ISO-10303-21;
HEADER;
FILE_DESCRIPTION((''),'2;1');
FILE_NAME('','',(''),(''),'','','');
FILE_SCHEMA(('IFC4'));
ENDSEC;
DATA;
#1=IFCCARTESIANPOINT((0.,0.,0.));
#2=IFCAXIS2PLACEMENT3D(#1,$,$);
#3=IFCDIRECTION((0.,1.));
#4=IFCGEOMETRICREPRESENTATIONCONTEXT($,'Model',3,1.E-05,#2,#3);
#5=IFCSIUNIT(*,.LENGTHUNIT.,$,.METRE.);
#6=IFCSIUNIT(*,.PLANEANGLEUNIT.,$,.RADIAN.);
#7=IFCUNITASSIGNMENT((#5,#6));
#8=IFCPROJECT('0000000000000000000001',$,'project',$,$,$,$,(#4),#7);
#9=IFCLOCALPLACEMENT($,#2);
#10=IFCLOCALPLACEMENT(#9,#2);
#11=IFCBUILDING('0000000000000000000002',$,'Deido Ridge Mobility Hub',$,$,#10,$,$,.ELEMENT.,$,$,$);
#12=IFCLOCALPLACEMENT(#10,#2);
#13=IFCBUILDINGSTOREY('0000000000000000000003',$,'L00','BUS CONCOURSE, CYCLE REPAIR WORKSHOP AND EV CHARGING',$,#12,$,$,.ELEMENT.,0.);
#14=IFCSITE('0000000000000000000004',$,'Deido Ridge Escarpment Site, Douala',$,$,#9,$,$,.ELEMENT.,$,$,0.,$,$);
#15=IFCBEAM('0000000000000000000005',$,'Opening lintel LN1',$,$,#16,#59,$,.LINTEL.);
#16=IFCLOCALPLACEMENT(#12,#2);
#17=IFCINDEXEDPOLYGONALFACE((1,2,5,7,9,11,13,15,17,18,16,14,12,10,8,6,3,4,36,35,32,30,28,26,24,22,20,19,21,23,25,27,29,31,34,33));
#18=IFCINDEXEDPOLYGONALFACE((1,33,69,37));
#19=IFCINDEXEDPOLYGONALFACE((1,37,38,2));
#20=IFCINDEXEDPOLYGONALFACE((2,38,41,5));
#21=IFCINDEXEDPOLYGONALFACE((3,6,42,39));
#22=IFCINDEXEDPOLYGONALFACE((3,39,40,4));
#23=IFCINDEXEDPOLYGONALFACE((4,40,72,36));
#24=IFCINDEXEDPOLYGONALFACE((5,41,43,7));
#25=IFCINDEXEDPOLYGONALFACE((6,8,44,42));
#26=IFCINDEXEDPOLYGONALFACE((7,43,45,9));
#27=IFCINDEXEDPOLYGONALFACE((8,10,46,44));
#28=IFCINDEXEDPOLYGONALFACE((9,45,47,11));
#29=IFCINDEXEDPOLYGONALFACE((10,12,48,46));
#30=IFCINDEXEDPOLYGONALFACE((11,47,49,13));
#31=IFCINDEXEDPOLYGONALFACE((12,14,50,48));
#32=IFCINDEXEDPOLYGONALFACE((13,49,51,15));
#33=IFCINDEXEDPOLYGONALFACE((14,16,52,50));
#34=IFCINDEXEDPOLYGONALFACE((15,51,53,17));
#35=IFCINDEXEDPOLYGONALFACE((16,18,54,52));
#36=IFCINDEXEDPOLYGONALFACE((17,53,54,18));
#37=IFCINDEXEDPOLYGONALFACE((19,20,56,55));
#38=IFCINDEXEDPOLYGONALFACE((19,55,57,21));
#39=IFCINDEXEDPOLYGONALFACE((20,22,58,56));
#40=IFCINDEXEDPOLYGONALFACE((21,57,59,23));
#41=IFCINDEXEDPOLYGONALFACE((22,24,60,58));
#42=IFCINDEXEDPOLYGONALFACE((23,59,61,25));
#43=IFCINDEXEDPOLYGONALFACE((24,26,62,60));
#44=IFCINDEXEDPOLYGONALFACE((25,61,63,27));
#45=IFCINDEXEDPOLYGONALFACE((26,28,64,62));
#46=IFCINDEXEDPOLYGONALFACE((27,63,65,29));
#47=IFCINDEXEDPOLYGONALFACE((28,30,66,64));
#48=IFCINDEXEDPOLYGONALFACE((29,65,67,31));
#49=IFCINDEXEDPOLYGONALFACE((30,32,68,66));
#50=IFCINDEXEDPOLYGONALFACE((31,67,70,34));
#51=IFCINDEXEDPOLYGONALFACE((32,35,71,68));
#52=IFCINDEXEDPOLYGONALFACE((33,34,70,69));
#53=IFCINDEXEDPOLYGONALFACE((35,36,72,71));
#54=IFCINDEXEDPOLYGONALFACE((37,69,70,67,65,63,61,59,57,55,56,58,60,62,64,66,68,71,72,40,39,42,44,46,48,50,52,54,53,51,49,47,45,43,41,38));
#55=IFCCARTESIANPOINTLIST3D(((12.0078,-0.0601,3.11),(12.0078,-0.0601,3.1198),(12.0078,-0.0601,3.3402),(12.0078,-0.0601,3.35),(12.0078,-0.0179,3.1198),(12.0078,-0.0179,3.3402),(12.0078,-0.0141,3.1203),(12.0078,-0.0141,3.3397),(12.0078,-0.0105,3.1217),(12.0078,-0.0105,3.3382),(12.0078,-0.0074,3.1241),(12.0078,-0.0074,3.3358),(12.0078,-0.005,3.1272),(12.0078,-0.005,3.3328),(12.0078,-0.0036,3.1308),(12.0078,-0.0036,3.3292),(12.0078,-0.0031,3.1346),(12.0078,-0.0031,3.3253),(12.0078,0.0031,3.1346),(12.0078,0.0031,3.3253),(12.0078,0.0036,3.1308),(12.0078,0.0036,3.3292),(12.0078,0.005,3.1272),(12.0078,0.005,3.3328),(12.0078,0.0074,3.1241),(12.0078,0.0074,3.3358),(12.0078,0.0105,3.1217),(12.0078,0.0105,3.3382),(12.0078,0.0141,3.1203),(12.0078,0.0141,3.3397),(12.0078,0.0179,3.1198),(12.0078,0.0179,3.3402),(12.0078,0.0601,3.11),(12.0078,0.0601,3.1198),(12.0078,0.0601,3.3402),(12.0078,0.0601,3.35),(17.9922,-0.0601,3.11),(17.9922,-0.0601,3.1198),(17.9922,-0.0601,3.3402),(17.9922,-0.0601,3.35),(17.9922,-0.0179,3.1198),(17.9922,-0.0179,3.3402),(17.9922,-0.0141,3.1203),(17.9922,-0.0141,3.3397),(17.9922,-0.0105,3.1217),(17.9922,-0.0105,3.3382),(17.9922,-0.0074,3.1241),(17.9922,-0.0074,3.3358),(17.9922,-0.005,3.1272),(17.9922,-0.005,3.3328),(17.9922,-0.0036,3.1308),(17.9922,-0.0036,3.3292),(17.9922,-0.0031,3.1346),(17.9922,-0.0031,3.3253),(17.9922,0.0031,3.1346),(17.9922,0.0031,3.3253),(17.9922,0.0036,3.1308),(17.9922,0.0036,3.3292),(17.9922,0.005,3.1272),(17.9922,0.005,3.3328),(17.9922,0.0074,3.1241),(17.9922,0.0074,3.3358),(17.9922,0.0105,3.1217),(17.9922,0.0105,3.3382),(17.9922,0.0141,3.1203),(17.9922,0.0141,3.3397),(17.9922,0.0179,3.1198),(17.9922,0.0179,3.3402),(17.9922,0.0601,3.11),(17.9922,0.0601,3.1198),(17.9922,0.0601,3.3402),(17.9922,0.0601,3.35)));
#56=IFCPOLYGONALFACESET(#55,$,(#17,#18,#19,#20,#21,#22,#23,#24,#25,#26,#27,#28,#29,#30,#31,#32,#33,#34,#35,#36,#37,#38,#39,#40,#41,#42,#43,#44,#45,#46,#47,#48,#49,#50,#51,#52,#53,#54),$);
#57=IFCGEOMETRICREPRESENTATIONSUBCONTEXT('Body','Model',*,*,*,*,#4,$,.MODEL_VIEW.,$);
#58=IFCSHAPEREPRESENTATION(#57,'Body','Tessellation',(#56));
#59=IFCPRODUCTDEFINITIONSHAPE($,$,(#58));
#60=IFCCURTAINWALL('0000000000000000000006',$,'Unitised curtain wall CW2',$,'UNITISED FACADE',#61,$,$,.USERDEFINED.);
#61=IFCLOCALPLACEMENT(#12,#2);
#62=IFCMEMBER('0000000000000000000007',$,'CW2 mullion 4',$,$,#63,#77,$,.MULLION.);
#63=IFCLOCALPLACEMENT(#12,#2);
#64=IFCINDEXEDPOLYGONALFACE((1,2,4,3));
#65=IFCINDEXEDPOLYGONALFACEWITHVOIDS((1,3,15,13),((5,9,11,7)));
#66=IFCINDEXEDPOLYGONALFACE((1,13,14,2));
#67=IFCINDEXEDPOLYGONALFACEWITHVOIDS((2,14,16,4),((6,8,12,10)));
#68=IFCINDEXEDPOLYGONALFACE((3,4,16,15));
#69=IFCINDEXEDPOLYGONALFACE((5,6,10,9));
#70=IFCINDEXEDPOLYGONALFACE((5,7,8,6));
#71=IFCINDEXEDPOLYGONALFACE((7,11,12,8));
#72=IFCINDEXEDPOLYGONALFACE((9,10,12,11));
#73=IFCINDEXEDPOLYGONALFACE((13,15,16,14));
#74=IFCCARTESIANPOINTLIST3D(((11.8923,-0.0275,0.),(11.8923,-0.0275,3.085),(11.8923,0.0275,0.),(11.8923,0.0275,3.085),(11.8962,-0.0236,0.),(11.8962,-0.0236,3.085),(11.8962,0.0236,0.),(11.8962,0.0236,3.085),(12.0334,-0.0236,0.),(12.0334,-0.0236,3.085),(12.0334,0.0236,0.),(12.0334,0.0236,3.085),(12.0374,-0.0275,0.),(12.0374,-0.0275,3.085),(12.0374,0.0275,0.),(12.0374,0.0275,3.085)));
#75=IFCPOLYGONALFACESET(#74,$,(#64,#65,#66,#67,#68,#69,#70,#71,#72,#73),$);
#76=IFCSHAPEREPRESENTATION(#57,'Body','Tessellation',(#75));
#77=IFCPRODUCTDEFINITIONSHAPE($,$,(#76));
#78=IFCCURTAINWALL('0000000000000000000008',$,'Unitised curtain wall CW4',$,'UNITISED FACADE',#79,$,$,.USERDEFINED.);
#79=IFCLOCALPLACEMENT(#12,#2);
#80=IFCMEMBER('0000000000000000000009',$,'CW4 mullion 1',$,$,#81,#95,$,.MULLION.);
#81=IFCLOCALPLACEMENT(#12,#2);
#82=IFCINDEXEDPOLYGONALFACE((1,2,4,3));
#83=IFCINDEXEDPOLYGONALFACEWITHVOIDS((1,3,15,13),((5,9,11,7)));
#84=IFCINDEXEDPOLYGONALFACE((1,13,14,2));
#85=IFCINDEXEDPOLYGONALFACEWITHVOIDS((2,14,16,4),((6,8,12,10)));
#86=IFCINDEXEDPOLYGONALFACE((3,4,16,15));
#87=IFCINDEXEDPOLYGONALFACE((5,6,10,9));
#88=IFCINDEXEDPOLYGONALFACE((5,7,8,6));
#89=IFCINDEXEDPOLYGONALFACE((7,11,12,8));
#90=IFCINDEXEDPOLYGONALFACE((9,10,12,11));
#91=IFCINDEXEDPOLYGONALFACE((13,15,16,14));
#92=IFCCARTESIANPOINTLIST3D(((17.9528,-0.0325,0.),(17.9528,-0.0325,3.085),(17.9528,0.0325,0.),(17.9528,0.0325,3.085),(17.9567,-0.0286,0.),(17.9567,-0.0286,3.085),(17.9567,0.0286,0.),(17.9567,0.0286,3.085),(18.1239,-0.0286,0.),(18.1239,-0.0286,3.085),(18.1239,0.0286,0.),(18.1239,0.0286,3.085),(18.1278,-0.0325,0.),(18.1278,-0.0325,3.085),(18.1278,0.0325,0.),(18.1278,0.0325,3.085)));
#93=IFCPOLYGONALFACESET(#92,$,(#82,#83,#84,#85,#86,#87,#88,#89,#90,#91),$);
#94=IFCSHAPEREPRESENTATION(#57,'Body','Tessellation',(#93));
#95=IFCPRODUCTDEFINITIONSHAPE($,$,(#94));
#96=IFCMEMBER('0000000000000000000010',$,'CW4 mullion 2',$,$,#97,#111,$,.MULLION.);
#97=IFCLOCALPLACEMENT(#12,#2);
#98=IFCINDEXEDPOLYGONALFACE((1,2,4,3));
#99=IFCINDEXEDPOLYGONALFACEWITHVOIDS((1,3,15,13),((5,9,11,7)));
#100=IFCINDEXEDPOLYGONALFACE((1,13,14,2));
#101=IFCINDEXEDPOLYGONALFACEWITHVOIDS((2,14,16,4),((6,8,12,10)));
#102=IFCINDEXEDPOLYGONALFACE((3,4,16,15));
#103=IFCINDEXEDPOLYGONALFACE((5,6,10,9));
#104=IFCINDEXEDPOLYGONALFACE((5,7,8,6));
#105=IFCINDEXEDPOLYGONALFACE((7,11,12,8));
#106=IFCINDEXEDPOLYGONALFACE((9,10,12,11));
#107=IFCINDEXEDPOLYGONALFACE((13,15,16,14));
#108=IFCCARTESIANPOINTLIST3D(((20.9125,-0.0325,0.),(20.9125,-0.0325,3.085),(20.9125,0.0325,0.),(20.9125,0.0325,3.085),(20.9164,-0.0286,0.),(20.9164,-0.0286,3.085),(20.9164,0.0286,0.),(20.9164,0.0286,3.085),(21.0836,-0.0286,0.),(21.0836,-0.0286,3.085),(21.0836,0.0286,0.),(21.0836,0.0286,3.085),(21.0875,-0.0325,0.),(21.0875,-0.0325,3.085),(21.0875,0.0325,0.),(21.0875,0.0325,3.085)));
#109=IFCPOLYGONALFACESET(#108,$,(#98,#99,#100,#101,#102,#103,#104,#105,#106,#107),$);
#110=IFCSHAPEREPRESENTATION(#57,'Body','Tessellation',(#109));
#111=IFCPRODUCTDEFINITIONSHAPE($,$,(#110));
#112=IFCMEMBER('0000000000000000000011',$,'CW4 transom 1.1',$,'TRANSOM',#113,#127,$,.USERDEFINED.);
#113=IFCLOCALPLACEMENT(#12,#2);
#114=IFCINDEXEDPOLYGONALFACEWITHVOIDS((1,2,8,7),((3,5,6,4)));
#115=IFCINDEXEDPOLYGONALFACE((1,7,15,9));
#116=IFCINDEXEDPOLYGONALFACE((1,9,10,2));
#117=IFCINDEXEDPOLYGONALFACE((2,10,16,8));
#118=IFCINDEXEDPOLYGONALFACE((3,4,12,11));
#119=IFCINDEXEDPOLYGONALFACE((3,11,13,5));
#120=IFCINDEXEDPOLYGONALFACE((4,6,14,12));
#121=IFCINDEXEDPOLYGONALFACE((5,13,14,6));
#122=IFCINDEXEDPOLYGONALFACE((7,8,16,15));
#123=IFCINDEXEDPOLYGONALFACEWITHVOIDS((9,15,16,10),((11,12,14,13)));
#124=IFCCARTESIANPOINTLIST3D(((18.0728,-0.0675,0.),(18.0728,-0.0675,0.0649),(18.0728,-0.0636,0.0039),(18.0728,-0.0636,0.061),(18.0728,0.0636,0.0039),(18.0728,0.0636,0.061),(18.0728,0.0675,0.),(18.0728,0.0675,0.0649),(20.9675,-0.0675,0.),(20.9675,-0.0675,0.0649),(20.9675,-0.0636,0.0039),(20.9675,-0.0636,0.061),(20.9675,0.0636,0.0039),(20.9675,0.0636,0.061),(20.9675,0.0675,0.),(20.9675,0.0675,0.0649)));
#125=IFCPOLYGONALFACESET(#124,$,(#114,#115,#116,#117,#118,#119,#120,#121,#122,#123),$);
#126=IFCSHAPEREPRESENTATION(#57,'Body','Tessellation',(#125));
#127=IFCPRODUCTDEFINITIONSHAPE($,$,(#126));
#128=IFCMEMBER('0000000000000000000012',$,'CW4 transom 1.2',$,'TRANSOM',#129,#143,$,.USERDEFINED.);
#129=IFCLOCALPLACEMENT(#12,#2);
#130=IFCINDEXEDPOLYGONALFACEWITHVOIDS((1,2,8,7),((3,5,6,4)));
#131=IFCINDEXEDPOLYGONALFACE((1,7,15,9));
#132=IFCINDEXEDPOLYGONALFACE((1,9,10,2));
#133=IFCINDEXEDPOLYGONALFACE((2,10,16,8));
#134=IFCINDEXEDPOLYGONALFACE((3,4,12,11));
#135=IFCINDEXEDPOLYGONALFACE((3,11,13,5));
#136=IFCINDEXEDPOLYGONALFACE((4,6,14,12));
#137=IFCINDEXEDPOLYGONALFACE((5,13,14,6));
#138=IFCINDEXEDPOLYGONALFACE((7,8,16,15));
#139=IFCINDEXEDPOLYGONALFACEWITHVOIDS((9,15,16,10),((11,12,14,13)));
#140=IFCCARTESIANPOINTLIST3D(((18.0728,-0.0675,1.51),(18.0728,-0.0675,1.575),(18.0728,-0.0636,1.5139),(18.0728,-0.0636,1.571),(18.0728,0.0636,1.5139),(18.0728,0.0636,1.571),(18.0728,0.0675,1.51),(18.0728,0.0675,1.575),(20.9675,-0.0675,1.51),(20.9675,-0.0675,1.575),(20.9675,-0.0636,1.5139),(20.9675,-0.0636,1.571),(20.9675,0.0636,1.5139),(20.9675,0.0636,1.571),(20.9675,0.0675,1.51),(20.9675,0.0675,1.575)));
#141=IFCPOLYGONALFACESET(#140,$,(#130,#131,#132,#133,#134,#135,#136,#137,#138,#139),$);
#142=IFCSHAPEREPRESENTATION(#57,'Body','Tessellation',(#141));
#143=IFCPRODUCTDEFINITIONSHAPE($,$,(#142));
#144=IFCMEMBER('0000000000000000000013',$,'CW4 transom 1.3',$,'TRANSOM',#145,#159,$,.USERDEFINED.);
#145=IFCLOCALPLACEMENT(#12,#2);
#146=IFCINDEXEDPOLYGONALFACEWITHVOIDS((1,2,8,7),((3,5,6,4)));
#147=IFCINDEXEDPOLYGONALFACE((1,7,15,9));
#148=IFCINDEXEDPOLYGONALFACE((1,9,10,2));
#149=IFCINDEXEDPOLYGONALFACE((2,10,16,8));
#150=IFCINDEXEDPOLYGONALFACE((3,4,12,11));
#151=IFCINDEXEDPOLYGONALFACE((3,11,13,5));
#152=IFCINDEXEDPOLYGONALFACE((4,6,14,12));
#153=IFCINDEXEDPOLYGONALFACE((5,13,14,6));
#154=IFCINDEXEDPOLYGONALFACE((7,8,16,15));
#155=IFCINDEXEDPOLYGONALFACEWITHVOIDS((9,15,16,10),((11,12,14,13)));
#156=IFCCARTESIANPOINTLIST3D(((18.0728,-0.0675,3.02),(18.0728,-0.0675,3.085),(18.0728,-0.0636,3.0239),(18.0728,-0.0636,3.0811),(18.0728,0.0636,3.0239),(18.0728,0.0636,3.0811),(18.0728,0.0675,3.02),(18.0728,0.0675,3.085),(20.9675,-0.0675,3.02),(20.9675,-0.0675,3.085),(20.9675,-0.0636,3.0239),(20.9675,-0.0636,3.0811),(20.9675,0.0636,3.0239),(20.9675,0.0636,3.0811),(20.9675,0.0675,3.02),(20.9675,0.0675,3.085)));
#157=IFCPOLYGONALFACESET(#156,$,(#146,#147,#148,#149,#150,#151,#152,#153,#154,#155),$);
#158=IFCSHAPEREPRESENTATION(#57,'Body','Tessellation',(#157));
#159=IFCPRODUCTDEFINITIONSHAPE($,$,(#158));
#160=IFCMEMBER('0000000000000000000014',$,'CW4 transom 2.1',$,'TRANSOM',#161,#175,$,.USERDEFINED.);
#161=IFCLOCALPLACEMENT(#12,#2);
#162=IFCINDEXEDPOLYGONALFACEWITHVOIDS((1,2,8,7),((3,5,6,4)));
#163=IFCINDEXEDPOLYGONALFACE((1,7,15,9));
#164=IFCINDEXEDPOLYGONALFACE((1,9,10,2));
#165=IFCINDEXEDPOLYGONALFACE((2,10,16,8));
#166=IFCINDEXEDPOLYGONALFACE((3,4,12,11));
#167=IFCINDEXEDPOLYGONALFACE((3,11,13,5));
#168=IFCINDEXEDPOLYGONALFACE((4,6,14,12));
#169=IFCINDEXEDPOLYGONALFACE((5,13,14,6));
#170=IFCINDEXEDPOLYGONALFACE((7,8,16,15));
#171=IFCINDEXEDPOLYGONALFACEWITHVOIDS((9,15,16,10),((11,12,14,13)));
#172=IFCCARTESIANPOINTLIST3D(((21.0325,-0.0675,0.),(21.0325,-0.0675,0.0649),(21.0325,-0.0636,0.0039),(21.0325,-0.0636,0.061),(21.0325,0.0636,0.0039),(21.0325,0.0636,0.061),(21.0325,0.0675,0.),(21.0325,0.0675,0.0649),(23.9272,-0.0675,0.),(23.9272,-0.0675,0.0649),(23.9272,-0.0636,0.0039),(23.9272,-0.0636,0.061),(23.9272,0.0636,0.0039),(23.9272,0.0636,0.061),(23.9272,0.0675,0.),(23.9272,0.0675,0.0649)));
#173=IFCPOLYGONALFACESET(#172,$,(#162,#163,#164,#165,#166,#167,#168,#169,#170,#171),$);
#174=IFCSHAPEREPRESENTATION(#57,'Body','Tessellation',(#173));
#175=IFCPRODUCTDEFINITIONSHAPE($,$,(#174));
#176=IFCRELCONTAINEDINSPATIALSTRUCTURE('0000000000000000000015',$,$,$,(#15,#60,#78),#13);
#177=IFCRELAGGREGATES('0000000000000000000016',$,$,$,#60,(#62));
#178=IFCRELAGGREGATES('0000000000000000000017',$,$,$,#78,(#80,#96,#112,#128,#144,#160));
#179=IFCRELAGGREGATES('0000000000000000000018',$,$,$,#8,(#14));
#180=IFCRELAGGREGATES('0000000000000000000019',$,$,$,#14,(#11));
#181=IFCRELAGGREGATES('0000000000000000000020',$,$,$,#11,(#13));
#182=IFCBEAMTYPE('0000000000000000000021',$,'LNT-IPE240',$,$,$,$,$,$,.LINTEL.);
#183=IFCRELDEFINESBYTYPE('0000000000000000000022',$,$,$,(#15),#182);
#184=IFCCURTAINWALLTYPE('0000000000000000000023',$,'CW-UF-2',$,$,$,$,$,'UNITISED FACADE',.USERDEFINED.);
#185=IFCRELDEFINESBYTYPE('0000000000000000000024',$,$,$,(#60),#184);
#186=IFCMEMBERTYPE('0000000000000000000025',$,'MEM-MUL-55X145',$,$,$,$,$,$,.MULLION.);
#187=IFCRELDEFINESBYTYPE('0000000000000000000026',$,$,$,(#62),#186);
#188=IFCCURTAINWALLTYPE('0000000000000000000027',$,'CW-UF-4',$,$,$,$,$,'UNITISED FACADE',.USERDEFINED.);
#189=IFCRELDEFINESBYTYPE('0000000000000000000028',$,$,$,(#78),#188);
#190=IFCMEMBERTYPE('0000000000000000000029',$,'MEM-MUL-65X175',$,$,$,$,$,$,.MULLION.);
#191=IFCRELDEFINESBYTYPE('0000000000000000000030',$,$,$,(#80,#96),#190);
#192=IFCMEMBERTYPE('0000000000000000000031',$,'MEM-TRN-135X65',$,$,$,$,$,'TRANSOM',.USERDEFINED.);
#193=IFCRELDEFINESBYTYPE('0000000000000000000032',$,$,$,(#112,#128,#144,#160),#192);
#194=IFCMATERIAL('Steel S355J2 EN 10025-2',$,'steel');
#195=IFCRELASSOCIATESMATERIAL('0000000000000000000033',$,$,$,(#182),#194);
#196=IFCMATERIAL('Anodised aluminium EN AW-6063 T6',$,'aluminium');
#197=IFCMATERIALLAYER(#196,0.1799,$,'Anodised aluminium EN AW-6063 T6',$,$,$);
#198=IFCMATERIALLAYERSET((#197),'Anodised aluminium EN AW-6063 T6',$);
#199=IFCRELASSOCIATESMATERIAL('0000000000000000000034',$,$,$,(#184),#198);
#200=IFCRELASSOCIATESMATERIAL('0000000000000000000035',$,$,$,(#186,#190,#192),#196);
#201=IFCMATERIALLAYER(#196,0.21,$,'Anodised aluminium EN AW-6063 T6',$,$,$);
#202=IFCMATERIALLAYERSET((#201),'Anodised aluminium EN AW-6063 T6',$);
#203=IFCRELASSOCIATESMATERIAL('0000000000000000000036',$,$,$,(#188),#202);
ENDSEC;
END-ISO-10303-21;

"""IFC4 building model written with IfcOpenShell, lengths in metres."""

from ifc_helpers import new_model, si_unit, direction, frame, origin, origin_2d, place, context, subcontext, project, spatial, hollow_rectangle, i_section, extrude, material, layer, layer_set, material_profile, profile_set, type_object, element, aggregate, save


model = new_model("IFC4")

# Units and contexts
model_context = context("Model", 3, precision=1e-05, world=origin(), true_north=direction((0.0, 1.0)))
body_context = subcontext(model_context, "Body", "Model", "MODEL_VIEW")
ifc_project = project(units=[si_unit("LENGTHUNIT", "METRE"), si_unit("PLANEANGLEUNIT", "RADIAN")], contexts=[model_context])

# Site, building, storey
site_placement = place(None, origin())
site = spatial("IfcSite", under=ifc_project, at=site_placement, Name="Deido Ridge Escarpment Site, Douala", CompositionType="ELEMENT", RefElevation=0.0)
building_placement = place(site_placement, origin())
building = spatial("IfcBuilding", under=site, at=building_placement, Name="Deido Ridge Mobility Hub", CompositionType="ELEMENT")
storey_placement = place(building_placement, origin())
storey = spatial("IfcBuildingStorey", under=building, at=storey_placement, Name="L00", Description="BUS CONCOURSE, CYCLE REPAIR WORKSHOP AND EV CHARGING", CompositionType="ELEMENT", Elevation=0.0)

# Shared definitions
ifc_material_1 = material(Name="Steel S355J2 EN 10025-2", Category="steel")

# Beam
ifc_material_profile_1 = material_profile(ifc_material_1, i_section(OverallWidth=0.1201, OverallDepth=0.24, WebThickness=0.0061, FlangeThickness=0.0098, FilletRadius=0.0149, at=origin_2d()), Name="IPE 240")
ifc_profile_set_1 = profile_set([ifc_material_profile_1], Name="Steel S355J2 EN 10025-2")
beam_type_1 = type_object("IfcBeamType", Name="LNT-IPE240", PredefinedType="LINTEL", material=ifc_profile_set_1)
beam_1_placement = place(storey_placement, frame((12.0078, 0.0, 3.23), z_axis=(1.0, 0.0, 0.0), x_axis=(0.0, 1.0, 0.0)))
element("IfcBeam", 1, at=beam_1_placement, inside=storey, type_object=beam_type_1, Name="Opening lintel LN1", PredefinedType="LINTEL", context=body_context, shape_type="SweptSolid", body=[
    extrude(i_section(OverallWidth=0.1201, OverallDepth=0.24, WebThickness=0.0061, FlangeThickness=0.0098, FilletRadius=0.0149, at=origin_2d()), origin(), (0.0, 0.0, 1.0), 5.9844),
])

# Curtain wall, member
ifc_material_2 = material(Name="Anodised aluminium EN AW-6063 T6", Category="aluminium")
ifc_layer_1 = layer(ifc_material_2, 0.1799, Name="Anodised aluminium EN AW-6063 T6")
ifc_layer_set_1 = layer_set([ifc_layer_1], Name="Anodised aluminium EN AW-6063 T6")
curtain_wall_type_1 = type_object("IfcCurtainWallType", Name="CW-UF-2", ElementType="UNITISED FACADE", PredefinedType="USERDEFINED", material=ifc_layer_set_1)
curtain_wall_1_placement = place(storey_placement, origin())
curtain_wall_1 = element("IfcCurtainWall", 2, at=curtain_wall_1_placement, inside=storey, type_object=curtain_wall_type_1, Name="Unitised curtain wall CW2", ObjectType="UNITISED FACADE", PredefinedType="USERDEFINED")
ifc_material_profile_2 = material_profile(ifc_material_2, hollow_rectangle(XDim=0.0549, YDim=0.145, WallThickness=0.0039, at=origin_2d()), Name="RHS 55x145x4")
ifc_profile_set_2 = profile_set([ifc_material_profile_2], Name="Anodised aluminium EN AW-6063 T6")
member_type_1 = type_object("IfcMemberType", Name="MEM-MUL-55X145", PredefinedType="MULLION", material=ifc_profile_set_2)
member_1_placement = place(storey_placement, frame((11.9648, 0.0, 0.0), z_axis=(0.0, 0.0, 1.0), x_axis=(0.0, 1.0, 0.0)))
member_1 = element("IfcMember", 3, at=member_1_placement, type_object=member_type_1, Name="CW2 mullion 4", PredefinedType="MULLION", context=body_context, shape_type="SweptSolid", body=[
    extrude(hollow_rectangle(XDim=0.0549, YDim=0.145, WallThickness=0.0039, at=origin_2d()), origin(), (0.0, 0.0, 1.0), 3.085),
])
aggregate(curtain_wall_1, [member_1])

# Curtain wall, members
ifc_layer_2 = layer(ifc_material_2, 0.21, Name="Anodised aluminium EN AW-6063 T6")
ifc_layer_set_2 = layer_set([ifc_layer_2], Name="Anodised aluminium EN AW-6063 T6")
curtain_wall_type_2 = type_object("IfcCurtainWallType", Name="CW-UF-4", ElementType="UNITISED FACADE", PredefinedType="USERDEFINED", material=ifc_layer_set_2)
curtain_wall_2_placement = place(storey_placement, origin())
curtain_wall_2 = element("IfcCurtainWall", 4, at=curtain_wall_2_placement, inside=storey, type_object=curtain_wall_type_2, Name="Unitised curtain wall CW4", ObjectType="UNITISED FACADE", PredefinedType="USERDEFINED")
ifc_material_profile_3 = material_profile(ifc_material_2, hollow_rectangle(XDim=0.0649, YDim=0.175, WallThickness=0.0039, at=origin_2d()), Name="RHS 65x175x4")
ifc_profile_set_3 = profile_set([ifc_material_profile_3], Name="Anodised aluminium EN AW-6063 T6")
member_type_2 = type_object("IfcMemberType", Name="MEM-MUL-65X175", PredefinedType="MULLION", material=ifc_profile_set_3)
member_2_placement = place(storey_placement, frame((18.0403, 0.0, 0.0), z_axis=(0.0, 0.0, 1.0), x_axis=(0.0, 1.0, 0.0)))
member_2 = element("IfcMember", 5, at=member_2_placement, type_object=member_type_2, Name="CW4 mullion 1", PredefinedType="MULLION", context=body_context, shape_type="SweptSolid", body=[
    extrude(hollow_rectangle(XDim=0.0649, YDim=0.175, WallThickness=0.0039, at=origin_2d()), origin(), (0.0, 0.0, 1.0), 3.085),
])
member_3_placement = place(storey_placement, frame((21.0, 0.0, 0.0), z_axis=(0.0, 0.0, 1.0), x_axis=(0.0, 1.0, 0.0)))
member_3 = element("IfcMember", 6, at=member_3_placement, type_object=member_type_2, Name="CW4 mullion 2", PredefinedType="MULLION", context=body_context, shape_type="SweptSolid", body=[
    extrude(hollow_rectangle(XDim=0.0649, YDim=0.175, WallThickness=0.0039, at=origin_2d()), origin(), (0.0, 0.0, 1.0), 3.085),
])
ifc_material_profile_4 = material_profile(ifc_material_2, hollow_rectangle(XDim=0.135, YDim=0.0649, WallThickness=0.0039, at=origin_2d()), Name="RHS 135x65x4")
ifc_profile_set_4 = profile_set([ifc_material_profile_4], Name="Anodised aluminium EN AW-6063 T6")
member_type_3 = type_object("IfcMemberType", Name="MEM-TRN-135X65", ElementType="TRANSOM", PredefinedType="USERDEFINED", material=ifc_profile_set_4)
member_4_placement = place(storey_placement, frame((18.0728, 0.0, 0.0325), z_axis=(1.0, 0.0, 0.0), x_axis=(0.0, 1.0, 0.0)))
member_4 = element("IfcMember", 7, at=member_4_placement, type_object=member_type_3, Name="CW4 transom 1.1", ObjectType="TRANSOM", PredefinedType="USERDEFINED", context=body_context, shape_type="SweptSolid", body=[
    extrude(hollow_rectangle(XDim=0.135, YDim=0.0649, WallThickness=0.0039, at=origin_2d()), origin(), (0.0, 0.0, 1.0), 2.8948),
])
member_5_placement = place(storey_placement, frame((18.0728, 0.0, 1.5425), z_axis=(1.0, 0.0, 0.0), x_axis=(0.0, 1.0, 0.0)))
member_5 = element("IfcMember", 8, at=member_5_placement, type_object=member_type_3, Name="CW4 transom 1.2", ObjectType="TRANSOM", PredefinedType="USERDEFINED", context=body_context, shape_type="SweptSolid", body=[
    extrude(hollow_rectangle(XDim=0.135, YDim=0.0649, WallThickness=0.0039, at=origin_2d()), origin(), (0.0, 0.0, 1.0), 2.8948),
])
member_6_placement = place(storey_placement, frame((18.0728, 0.0, 3.0525), z_axis=(1.0, 0.0, 0.0), x_axis=(0.0, 1.0, 0.0)))
member_6 = element("IfcMember", 9, at=member_6_placement, type_object=member_type_3, Name="CW4 transom 1.3", ObjectType="TRANSOM", PredefinedType="USERDEFINED", context=body_context, shape_type="SweptSolid", body=[
    extrude(hollow_rectangle(XDim=0.135, YDim=0.0649, WallThickness=0.0039, at=origin_2d()), origin(), (0.0, 0.0, 1.0), 2.8948),
])
member_7_placement = place(storey_placement, frame((21.0325, 0.0, 0.0325), z_axis=(1.0, 0.0, 0.0), x_axis=(0.0, 1.0, 0.0)))
member_7 = element("IfcMember", 10, at=member_7_placement, type_object=member_type_3, Name="CW4 transom 2.1", ObjectType="TRANSOM", PredefinedType="USERDEFINED", context=body_context, shape_type="SweptSolid", body=[
    extrude(hollow_rectangle(XDim=0.135, YDim=0.0649, WallThickness=0.0039, at=origin_2d()), origin(), (0.0, 0.0, 1.0), 2.8948),
])

aggregate(curtain_wall_2, [member_2, member_3, member_4, member_5, member_6, member_7])

save(model, "model.ifc")
